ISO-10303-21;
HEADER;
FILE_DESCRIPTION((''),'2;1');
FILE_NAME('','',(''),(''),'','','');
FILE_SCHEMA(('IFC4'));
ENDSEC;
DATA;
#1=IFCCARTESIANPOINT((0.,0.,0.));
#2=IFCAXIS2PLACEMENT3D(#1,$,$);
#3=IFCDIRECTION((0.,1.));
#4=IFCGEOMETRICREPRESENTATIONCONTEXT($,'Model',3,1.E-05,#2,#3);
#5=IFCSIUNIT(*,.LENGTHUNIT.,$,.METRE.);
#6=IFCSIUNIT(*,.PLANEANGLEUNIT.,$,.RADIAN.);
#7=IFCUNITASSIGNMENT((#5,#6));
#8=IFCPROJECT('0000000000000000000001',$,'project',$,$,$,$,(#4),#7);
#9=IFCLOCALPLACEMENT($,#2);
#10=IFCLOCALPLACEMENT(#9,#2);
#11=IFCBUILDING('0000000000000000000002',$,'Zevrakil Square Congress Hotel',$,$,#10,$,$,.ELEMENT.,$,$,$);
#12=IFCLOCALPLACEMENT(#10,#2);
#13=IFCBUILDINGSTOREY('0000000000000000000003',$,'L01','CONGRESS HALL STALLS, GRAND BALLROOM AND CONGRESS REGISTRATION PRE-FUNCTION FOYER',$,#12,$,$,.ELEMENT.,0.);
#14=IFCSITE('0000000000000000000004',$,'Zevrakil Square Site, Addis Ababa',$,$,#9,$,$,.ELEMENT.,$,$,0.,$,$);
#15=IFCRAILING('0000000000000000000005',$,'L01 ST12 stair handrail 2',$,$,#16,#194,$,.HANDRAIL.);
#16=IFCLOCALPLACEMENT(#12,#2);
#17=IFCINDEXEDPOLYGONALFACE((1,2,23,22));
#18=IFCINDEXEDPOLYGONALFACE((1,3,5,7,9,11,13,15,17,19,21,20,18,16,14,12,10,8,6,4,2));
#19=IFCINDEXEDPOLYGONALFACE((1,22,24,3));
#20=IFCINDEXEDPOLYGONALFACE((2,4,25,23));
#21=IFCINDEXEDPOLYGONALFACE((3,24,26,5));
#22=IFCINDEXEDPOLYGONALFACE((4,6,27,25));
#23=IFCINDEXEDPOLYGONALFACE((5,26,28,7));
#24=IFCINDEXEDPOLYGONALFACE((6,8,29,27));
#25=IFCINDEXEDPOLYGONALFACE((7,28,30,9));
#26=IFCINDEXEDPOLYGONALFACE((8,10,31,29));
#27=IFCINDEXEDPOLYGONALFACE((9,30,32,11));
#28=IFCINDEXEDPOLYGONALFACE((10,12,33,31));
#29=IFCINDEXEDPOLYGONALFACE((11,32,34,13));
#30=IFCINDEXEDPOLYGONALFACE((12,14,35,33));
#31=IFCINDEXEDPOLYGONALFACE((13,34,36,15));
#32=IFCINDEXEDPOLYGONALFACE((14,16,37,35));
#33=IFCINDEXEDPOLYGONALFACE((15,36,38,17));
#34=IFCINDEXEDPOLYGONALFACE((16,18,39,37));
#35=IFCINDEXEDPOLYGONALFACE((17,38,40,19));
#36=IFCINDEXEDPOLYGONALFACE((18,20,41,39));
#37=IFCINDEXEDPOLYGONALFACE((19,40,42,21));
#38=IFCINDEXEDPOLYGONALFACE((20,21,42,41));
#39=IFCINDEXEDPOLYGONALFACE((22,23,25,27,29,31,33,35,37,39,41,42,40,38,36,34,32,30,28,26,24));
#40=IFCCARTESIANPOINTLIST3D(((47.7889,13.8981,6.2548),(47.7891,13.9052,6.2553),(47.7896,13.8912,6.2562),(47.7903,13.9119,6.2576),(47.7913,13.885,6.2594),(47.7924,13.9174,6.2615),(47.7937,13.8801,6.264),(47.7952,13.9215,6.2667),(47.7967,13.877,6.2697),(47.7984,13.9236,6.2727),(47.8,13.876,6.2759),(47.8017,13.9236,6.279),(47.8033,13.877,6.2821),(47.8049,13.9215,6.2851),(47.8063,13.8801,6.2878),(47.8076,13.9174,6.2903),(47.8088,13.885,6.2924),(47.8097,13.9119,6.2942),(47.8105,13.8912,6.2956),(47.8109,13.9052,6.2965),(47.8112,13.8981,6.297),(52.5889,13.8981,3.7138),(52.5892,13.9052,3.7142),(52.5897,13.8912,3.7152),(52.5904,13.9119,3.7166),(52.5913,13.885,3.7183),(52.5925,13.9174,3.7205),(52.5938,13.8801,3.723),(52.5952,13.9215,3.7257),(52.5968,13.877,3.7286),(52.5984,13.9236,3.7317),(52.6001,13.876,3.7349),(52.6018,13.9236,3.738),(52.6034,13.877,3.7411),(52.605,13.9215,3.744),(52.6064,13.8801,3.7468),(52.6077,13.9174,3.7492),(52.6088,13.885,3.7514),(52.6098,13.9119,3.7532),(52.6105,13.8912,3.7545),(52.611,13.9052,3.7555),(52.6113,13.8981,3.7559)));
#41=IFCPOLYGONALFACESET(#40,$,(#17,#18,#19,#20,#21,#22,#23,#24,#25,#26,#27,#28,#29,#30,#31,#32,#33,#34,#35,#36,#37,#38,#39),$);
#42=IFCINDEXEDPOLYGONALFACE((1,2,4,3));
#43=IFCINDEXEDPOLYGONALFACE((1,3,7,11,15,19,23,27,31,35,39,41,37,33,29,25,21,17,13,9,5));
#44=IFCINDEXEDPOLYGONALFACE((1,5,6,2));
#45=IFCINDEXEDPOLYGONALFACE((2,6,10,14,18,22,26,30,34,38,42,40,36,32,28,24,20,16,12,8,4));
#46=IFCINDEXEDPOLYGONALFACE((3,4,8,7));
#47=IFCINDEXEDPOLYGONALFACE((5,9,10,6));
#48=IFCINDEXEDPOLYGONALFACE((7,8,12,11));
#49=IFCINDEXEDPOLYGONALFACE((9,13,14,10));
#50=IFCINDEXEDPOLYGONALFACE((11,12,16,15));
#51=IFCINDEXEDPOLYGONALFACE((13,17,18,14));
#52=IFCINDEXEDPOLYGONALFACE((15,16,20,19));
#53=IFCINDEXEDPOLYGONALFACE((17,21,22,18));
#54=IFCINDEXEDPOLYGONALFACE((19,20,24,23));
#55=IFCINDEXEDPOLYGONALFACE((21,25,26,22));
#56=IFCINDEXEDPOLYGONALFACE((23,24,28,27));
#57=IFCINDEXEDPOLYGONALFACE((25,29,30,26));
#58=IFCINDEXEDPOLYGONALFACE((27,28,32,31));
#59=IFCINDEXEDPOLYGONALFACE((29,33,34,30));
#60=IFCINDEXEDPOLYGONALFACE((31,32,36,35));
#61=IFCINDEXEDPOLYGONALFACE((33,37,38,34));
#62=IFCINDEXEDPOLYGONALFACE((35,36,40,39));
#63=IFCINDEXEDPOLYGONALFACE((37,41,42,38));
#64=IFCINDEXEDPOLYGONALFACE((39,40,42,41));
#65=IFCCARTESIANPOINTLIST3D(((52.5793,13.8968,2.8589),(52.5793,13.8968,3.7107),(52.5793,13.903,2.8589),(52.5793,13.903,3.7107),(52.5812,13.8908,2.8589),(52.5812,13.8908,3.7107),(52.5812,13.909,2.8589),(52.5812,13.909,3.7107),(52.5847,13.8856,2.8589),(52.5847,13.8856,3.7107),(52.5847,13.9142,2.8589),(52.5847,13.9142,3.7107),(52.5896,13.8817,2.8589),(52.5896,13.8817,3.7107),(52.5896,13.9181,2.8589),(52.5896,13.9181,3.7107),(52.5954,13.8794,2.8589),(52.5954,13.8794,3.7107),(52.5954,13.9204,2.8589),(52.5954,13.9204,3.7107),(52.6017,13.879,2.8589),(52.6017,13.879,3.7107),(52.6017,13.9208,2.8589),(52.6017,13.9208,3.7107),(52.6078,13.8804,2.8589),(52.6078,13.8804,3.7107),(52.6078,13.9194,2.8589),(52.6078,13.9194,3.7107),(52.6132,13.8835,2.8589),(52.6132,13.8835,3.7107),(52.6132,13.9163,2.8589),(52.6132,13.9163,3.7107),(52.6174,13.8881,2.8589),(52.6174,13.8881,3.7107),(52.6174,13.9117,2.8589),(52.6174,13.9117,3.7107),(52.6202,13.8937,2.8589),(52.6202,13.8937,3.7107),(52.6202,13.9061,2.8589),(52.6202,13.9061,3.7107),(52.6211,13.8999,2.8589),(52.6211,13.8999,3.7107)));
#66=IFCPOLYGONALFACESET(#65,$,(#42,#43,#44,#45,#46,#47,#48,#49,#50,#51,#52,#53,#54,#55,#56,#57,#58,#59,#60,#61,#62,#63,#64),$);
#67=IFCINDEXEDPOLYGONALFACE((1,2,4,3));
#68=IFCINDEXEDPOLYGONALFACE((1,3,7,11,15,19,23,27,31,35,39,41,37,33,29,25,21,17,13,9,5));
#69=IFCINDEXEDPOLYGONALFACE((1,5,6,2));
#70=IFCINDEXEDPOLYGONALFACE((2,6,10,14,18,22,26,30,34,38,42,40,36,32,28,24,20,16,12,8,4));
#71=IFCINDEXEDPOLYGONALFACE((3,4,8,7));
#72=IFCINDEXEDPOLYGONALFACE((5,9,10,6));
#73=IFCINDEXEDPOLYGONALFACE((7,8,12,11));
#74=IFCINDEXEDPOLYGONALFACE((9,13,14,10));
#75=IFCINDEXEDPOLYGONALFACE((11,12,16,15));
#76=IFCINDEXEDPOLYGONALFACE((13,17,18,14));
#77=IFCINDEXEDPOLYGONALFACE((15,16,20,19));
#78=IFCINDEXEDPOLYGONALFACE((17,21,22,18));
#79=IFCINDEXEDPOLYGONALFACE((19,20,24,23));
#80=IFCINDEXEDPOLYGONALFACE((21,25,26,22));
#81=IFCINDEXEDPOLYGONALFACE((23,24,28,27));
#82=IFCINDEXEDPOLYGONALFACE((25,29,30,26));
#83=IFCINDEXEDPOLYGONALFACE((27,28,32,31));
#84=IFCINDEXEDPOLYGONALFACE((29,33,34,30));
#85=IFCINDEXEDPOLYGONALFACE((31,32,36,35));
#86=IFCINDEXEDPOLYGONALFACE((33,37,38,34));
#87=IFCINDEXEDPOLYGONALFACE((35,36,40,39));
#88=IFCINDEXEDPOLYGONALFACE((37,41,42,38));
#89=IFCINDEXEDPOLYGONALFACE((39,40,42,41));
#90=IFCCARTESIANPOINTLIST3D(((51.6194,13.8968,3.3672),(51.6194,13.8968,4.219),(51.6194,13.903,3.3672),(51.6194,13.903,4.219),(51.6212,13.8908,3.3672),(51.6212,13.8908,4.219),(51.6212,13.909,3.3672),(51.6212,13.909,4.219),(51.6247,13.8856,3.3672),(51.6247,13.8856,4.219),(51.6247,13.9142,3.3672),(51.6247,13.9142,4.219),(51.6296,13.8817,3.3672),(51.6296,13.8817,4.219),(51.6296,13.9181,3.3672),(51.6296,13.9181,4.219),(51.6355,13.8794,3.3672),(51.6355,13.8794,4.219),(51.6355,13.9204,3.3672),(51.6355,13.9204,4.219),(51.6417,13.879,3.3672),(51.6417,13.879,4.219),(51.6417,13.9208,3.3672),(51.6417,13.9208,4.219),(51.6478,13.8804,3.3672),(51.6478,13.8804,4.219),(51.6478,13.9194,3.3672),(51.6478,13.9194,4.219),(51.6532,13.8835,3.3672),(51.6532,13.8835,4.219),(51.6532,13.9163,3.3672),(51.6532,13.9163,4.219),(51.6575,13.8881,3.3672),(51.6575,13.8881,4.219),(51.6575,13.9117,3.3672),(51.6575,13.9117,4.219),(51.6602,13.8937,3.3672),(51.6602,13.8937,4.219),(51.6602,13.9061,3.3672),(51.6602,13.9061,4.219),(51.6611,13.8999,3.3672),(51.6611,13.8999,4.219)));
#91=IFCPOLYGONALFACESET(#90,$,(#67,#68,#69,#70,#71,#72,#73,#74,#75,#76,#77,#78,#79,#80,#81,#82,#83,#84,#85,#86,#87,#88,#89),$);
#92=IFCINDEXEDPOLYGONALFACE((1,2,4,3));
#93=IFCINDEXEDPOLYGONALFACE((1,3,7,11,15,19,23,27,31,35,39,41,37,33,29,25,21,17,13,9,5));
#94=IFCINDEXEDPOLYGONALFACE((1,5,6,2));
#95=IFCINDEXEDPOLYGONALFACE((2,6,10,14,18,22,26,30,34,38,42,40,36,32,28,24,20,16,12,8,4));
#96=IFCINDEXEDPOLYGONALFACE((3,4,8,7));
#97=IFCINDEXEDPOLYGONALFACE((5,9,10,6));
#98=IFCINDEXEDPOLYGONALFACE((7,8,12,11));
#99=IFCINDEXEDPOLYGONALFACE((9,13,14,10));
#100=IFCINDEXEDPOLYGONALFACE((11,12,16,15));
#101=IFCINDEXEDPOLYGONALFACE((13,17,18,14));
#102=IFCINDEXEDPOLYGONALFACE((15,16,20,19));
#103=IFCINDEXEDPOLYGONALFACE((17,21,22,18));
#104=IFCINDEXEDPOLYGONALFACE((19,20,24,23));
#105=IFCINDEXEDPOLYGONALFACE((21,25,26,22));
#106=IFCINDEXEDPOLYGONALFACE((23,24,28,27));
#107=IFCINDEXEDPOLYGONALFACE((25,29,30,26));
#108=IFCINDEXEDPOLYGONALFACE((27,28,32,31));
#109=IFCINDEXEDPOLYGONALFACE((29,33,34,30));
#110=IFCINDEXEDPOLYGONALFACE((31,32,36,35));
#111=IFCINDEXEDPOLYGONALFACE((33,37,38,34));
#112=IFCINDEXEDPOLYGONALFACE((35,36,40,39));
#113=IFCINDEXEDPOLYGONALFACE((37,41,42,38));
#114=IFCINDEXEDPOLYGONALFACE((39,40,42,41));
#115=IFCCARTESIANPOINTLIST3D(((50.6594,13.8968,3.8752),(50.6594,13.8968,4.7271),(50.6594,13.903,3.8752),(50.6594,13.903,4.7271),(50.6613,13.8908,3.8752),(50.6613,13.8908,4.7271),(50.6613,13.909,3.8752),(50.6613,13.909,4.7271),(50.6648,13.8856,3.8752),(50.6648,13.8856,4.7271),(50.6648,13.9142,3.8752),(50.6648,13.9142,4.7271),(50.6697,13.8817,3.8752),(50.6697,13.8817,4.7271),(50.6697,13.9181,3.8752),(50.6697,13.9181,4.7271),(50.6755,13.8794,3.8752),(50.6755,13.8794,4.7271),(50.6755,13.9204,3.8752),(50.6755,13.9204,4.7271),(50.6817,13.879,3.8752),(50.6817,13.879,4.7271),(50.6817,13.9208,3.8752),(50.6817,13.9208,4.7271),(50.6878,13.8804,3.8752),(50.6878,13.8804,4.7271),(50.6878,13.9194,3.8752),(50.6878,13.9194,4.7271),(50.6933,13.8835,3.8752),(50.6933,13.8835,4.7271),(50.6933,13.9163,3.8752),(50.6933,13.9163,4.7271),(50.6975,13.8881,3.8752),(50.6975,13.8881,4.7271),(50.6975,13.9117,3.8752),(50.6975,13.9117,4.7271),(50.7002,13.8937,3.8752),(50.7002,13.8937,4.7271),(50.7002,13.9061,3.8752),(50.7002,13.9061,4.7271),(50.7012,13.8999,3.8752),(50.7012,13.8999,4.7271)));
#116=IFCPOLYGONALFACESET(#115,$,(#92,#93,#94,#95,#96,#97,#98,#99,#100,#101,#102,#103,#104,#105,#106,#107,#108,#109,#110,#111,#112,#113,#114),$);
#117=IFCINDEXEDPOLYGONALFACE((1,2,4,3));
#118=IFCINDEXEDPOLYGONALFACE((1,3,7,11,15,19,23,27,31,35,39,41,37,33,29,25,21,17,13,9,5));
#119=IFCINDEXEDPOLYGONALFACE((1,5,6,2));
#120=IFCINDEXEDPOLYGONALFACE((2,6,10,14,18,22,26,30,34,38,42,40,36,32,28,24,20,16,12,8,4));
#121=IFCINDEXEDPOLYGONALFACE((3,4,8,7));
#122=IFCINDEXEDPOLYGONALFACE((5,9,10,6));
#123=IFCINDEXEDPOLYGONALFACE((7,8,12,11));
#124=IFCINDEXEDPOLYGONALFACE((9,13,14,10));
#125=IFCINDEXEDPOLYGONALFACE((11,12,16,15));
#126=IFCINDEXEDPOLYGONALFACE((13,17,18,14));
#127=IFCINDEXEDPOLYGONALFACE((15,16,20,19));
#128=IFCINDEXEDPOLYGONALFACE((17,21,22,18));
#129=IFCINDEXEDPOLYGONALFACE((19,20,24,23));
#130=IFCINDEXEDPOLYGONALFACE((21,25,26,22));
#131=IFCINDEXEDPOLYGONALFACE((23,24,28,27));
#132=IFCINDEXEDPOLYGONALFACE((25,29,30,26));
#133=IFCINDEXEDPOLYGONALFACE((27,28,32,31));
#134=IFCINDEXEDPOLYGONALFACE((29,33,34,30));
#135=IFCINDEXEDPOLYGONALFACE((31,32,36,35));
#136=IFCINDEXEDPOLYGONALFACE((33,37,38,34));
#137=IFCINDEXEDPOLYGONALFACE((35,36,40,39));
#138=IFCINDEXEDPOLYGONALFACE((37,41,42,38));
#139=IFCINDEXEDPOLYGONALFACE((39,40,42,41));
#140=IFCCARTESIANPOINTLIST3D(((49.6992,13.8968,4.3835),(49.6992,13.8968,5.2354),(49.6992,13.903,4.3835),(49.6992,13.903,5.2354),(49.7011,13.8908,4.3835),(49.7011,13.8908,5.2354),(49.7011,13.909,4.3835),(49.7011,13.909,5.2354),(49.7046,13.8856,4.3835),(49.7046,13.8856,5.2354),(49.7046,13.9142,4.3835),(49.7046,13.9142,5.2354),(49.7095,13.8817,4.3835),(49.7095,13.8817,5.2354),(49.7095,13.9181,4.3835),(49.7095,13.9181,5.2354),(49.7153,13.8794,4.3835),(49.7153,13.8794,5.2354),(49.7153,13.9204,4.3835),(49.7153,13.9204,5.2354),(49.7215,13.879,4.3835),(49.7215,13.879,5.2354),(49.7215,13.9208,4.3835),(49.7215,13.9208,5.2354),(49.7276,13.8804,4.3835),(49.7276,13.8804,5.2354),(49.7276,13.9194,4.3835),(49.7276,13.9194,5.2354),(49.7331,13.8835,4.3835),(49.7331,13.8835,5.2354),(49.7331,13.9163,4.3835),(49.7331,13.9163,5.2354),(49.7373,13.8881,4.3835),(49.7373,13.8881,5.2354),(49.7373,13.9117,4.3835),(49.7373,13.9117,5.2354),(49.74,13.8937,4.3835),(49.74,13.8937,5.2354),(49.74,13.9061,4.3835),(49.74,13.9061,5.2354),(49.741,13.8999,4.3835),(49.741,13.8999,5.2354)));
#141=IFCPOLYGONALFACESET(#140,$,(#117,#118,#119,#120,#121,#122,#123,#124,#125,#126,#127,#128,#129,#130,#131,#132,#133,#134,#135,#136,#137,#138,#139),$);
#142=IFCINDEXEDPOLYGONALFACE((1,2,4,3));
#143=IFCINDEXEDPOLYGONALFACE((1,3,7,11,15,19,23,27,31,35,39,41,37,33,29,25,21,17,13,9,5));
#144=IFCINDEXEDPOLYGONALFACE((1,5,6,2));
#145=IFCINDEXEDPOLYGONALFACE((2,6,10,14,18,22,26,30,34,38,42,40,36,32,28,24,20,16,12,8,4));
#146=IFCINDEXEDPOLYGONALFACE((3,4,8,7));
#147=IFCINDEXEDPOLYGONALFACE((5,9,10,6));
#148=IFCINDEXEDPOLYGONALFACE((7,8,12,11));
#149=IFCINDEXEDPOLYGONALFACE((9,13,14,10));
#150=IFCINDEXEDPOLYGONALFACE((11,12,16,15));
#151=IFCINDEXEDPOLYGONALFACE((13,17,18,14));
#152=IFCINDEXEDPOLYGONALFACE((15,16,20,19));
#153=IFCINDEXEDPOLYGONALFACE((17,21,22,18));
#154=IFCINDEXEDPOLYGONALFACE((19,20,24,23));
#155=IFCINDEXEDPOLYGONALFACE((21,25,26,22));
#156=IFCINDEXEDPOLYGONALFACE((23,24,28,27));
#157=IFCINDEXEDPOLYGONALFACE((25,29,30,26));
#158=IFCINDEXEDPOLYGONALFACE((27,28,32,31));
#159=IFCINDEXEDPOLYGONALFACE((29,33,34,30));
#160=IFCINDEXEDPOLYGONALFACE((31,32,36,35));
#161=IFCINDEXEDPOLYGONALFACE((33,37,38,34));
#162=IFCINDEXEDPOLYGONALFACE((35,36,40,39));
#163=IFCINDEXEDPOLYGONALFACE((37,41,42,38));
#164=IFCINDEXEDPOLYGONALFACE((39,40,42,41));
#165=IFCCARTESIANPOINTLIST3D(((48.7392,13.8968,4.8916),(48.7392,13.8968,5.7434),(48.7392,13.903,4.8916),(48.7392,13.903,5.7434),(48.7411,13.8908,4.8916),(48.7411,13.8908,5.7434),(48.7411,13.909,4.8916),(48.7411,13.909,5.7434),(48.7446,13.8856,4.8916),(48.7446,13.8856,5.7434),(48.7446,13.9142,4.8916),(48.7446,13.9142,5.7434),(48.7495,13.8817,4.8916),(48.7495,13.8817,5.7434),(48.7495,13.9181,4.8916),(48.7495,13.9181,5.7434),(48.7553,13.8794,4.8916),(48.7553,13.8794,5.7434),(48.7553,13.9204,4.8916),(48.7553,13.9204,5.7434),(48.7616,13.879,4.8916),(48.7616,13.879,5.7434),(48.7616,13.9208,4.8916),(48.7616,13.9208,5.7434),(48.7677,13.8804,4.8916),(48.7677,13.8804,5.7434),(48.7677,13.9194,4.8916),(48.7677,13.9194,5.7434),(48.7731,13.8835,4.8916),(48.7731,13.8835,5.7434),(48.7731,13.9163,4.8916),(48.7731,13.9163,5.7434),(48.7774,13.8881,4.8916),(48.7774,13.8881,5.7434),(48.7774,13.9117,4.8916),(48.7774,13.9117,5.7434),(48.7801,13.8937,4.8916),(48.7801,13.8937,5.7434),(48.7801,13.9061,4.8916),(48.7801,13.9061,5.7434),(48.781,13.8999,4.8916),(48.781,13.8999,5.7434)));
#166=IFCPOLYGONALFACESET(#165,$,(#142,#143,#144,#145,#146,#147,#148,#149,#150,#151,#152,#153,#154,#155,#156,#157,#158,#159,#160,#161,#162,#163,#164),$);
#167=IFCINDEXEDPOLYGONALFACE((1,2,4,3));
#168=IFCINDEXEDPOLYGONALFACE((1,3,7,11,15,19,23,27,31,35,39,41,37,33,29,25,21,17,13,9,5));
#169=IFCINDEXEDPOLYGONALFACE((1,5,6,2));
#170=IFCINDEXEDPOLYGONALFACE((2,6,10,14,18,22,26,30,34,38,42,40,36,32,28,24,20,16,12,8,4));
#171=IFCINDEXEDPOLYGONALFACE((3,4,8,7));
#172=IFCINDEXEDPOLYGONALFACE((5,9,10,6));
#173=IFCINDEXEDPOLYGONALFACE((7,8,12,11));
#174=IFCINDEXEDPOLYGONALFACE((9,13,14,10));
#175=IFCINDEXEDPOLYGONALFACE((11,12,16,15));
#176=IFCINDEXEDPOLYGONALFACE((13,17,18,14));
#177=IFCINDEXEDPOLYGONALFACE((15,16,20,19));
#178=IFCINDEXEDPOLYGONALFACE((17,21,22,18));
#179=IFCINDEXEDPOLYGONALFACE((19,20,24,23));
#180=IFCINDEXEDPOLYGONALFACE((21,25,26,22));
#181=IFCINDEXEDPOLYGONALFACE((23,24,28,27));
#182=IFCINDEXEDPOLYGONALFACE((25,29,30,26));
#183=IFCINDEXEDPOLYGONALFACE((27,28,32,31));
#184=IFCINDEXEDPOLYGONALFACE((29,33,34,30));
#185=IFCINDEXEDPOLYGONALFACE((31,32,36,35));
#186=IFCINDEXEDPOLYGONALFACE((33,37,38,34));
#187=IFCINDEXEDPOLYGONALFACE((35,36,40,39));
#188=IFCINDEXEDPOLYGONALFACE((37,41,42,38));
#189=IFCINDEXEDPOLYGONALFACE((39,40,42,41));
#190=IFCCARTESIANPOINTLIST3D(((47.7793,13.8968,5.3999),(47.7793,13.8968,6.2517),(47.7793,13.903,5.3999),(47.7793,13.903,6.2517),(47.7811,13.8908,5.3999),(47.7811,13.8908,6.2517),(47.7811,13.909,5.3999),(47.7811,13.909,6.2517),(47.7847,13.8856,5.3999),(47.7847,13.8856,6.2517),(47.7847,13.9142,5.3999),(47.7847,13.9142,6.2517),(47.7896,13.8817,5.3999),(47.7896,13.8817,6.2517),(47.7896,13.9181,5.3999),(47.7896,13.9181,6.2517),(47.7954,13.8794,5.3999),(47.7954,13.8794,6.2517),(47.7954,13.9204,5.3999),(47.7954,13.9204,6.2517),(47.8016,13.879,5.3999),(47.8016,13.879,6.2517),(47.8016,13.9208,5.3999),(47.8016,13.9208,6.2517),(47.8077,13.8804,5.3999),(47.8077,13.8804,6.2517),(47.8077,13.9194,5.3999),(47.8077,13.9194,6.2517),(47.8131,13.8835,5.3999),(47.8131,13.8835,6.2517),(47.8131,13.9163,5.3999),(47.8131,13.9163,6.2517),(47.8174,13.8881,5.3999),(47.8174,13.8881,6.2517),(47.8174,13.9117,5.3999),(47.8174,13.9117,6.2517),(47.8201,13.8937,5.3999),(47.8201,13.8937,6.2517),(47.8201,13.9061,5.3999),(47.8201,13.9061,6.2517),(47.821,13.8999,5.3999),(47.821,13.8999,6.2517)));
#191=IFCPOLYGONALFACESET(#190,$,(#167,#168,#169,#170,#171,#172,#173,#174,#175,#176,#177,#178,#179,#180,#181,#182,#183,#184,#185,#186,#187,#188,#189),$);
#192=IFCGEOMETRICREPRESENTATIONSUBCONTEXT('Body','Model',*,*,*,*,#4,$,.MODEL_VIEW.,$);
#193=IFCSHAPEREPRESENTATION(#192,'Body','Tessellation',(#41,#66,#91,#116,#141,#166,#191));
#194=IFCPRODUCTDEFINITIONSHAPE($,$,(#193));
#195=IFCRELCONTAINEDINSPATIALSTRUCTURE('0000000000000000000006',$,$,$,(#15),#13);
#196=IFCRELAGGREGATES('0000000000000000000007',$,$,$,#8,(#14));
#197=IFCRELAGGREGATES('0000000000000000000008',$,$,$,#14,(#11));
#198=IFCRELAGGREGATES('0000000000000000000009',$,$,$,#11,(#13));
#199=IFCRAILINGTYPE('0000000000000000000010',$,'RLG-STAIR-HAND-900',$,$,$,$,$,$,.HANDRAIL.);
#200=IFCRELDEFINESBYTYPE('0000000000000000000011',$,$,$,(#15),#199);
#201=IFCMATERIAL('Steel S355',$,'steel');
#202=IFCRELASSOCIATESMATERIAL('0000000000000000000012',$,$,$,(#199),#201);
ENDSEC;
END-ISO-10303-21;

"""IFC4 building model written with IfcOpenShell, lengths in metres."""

from ifc_helpers import new_model, si_unit, direction, frame, origin, origin_2d, place, context, subcontext, project, spatial, circle, extrude, material, type_object, element, save


model = new_model("IFC4")

# Units and contexts
model_context = context("Model", 3, precision=1e-05, world=origin(), true_north=direction((0.0, 1.0)))
body_context = subcontext(model_context, "Body", "Model", "MODEL_VIEW")
ifc_project = project(units=[si_unit("LENGTHUNIT", "METRE"), si_unit("PLANEANGLEUNIT", "RADIAN")], contexts=[model_context])

# Site, building, storey
site_placement = place(None, origin())
site = spatial("IfcSite", under=ifc_project, at=site_placement, Name="Zevrakil Square Site, Addis Ababa", CompositionType="ELEMENT", RefElevation=0.0)
building_placement = place(site_placement, origin())
building = spatial("IfcBuilding", under=site, at=building_placement, Name="Zevrakil Square Congress Hotel", CompositionType="ELEMENT")
storey_placement = place(building_placement, origin())
storey = spatial("IfcBuildingStorey", under=building, at=storey_placement, Name="L01", Description="CONGRESS HALL STALLS, GRAND BALLROOM AND CONGRESS REGISTRATION PRE-FUNCTION FOYER", CompositionType="ELEMENT", Elevation=0.0)

# Railing
ifc_material_1 = material(Name="Steel S355", Category="steel")
railing_type_1 = type_object("IfcRailingType", Name="RLG-STAIR-HAND-900", PredefinedType="HANDRAIL", material=ifc_material_1)
railing_1_placement = place(storey_placement, frame((52.6001, 13.8999, 2.8589)))
element("IfcRailing", 1, at=railing_1_placement, inside=storey, type_object=railing_type_1, Name="L01 ST12 stair handrail 2", PredefinedType="HANDRAIL", context=body_context, shape_type="SweptSolid", body=[
    extrude(circle(Radius=0.0239, at=origin_2d()), frame((0.0, 0.0, 0.876), z_axis=(-0.883802, 0.0, 0.467861), x_axis=(0.0, -1.0, 0.0)), (0.0, 0.0, 1.0), 5.4312),
    extrude(circle(Radius=0.021, at=origin_2d()), origin(), (0.0, 0.0, 1.0), 0.8518),
    extrude(circle(Radius=0.021, at=origin_2d()), frame((-0.96, 0.0, 0.5083)), (0.0, 0.0, 1.0), 0.8518),
    extrude(circle(Radius=0.021, at=origin_2d()), frame((-1.9199, 0.0, 1.0164)), (0.0, 0.0, 1.0), 0.8518),
    extrude(circle(Radius=0.021, at=origin_2d()), frame((-2.8801, 0.0, 1.5247)), (0.0, 0.0, 1.0), 0.8518),
    extrude(circle(Radius=0.021, at=origin_2d()), frame((-3.8401, 0.0, 2.0327)), (0.0, 0.0, 1.0), 0.8518),
    extrude(circle(Radius=0.021, at=origin_2d()), frame((-4.8, 0.0, 2.541)), (0.0, 0.0, 1.0), 0.8518),
])

save(model, "model.ifc")
